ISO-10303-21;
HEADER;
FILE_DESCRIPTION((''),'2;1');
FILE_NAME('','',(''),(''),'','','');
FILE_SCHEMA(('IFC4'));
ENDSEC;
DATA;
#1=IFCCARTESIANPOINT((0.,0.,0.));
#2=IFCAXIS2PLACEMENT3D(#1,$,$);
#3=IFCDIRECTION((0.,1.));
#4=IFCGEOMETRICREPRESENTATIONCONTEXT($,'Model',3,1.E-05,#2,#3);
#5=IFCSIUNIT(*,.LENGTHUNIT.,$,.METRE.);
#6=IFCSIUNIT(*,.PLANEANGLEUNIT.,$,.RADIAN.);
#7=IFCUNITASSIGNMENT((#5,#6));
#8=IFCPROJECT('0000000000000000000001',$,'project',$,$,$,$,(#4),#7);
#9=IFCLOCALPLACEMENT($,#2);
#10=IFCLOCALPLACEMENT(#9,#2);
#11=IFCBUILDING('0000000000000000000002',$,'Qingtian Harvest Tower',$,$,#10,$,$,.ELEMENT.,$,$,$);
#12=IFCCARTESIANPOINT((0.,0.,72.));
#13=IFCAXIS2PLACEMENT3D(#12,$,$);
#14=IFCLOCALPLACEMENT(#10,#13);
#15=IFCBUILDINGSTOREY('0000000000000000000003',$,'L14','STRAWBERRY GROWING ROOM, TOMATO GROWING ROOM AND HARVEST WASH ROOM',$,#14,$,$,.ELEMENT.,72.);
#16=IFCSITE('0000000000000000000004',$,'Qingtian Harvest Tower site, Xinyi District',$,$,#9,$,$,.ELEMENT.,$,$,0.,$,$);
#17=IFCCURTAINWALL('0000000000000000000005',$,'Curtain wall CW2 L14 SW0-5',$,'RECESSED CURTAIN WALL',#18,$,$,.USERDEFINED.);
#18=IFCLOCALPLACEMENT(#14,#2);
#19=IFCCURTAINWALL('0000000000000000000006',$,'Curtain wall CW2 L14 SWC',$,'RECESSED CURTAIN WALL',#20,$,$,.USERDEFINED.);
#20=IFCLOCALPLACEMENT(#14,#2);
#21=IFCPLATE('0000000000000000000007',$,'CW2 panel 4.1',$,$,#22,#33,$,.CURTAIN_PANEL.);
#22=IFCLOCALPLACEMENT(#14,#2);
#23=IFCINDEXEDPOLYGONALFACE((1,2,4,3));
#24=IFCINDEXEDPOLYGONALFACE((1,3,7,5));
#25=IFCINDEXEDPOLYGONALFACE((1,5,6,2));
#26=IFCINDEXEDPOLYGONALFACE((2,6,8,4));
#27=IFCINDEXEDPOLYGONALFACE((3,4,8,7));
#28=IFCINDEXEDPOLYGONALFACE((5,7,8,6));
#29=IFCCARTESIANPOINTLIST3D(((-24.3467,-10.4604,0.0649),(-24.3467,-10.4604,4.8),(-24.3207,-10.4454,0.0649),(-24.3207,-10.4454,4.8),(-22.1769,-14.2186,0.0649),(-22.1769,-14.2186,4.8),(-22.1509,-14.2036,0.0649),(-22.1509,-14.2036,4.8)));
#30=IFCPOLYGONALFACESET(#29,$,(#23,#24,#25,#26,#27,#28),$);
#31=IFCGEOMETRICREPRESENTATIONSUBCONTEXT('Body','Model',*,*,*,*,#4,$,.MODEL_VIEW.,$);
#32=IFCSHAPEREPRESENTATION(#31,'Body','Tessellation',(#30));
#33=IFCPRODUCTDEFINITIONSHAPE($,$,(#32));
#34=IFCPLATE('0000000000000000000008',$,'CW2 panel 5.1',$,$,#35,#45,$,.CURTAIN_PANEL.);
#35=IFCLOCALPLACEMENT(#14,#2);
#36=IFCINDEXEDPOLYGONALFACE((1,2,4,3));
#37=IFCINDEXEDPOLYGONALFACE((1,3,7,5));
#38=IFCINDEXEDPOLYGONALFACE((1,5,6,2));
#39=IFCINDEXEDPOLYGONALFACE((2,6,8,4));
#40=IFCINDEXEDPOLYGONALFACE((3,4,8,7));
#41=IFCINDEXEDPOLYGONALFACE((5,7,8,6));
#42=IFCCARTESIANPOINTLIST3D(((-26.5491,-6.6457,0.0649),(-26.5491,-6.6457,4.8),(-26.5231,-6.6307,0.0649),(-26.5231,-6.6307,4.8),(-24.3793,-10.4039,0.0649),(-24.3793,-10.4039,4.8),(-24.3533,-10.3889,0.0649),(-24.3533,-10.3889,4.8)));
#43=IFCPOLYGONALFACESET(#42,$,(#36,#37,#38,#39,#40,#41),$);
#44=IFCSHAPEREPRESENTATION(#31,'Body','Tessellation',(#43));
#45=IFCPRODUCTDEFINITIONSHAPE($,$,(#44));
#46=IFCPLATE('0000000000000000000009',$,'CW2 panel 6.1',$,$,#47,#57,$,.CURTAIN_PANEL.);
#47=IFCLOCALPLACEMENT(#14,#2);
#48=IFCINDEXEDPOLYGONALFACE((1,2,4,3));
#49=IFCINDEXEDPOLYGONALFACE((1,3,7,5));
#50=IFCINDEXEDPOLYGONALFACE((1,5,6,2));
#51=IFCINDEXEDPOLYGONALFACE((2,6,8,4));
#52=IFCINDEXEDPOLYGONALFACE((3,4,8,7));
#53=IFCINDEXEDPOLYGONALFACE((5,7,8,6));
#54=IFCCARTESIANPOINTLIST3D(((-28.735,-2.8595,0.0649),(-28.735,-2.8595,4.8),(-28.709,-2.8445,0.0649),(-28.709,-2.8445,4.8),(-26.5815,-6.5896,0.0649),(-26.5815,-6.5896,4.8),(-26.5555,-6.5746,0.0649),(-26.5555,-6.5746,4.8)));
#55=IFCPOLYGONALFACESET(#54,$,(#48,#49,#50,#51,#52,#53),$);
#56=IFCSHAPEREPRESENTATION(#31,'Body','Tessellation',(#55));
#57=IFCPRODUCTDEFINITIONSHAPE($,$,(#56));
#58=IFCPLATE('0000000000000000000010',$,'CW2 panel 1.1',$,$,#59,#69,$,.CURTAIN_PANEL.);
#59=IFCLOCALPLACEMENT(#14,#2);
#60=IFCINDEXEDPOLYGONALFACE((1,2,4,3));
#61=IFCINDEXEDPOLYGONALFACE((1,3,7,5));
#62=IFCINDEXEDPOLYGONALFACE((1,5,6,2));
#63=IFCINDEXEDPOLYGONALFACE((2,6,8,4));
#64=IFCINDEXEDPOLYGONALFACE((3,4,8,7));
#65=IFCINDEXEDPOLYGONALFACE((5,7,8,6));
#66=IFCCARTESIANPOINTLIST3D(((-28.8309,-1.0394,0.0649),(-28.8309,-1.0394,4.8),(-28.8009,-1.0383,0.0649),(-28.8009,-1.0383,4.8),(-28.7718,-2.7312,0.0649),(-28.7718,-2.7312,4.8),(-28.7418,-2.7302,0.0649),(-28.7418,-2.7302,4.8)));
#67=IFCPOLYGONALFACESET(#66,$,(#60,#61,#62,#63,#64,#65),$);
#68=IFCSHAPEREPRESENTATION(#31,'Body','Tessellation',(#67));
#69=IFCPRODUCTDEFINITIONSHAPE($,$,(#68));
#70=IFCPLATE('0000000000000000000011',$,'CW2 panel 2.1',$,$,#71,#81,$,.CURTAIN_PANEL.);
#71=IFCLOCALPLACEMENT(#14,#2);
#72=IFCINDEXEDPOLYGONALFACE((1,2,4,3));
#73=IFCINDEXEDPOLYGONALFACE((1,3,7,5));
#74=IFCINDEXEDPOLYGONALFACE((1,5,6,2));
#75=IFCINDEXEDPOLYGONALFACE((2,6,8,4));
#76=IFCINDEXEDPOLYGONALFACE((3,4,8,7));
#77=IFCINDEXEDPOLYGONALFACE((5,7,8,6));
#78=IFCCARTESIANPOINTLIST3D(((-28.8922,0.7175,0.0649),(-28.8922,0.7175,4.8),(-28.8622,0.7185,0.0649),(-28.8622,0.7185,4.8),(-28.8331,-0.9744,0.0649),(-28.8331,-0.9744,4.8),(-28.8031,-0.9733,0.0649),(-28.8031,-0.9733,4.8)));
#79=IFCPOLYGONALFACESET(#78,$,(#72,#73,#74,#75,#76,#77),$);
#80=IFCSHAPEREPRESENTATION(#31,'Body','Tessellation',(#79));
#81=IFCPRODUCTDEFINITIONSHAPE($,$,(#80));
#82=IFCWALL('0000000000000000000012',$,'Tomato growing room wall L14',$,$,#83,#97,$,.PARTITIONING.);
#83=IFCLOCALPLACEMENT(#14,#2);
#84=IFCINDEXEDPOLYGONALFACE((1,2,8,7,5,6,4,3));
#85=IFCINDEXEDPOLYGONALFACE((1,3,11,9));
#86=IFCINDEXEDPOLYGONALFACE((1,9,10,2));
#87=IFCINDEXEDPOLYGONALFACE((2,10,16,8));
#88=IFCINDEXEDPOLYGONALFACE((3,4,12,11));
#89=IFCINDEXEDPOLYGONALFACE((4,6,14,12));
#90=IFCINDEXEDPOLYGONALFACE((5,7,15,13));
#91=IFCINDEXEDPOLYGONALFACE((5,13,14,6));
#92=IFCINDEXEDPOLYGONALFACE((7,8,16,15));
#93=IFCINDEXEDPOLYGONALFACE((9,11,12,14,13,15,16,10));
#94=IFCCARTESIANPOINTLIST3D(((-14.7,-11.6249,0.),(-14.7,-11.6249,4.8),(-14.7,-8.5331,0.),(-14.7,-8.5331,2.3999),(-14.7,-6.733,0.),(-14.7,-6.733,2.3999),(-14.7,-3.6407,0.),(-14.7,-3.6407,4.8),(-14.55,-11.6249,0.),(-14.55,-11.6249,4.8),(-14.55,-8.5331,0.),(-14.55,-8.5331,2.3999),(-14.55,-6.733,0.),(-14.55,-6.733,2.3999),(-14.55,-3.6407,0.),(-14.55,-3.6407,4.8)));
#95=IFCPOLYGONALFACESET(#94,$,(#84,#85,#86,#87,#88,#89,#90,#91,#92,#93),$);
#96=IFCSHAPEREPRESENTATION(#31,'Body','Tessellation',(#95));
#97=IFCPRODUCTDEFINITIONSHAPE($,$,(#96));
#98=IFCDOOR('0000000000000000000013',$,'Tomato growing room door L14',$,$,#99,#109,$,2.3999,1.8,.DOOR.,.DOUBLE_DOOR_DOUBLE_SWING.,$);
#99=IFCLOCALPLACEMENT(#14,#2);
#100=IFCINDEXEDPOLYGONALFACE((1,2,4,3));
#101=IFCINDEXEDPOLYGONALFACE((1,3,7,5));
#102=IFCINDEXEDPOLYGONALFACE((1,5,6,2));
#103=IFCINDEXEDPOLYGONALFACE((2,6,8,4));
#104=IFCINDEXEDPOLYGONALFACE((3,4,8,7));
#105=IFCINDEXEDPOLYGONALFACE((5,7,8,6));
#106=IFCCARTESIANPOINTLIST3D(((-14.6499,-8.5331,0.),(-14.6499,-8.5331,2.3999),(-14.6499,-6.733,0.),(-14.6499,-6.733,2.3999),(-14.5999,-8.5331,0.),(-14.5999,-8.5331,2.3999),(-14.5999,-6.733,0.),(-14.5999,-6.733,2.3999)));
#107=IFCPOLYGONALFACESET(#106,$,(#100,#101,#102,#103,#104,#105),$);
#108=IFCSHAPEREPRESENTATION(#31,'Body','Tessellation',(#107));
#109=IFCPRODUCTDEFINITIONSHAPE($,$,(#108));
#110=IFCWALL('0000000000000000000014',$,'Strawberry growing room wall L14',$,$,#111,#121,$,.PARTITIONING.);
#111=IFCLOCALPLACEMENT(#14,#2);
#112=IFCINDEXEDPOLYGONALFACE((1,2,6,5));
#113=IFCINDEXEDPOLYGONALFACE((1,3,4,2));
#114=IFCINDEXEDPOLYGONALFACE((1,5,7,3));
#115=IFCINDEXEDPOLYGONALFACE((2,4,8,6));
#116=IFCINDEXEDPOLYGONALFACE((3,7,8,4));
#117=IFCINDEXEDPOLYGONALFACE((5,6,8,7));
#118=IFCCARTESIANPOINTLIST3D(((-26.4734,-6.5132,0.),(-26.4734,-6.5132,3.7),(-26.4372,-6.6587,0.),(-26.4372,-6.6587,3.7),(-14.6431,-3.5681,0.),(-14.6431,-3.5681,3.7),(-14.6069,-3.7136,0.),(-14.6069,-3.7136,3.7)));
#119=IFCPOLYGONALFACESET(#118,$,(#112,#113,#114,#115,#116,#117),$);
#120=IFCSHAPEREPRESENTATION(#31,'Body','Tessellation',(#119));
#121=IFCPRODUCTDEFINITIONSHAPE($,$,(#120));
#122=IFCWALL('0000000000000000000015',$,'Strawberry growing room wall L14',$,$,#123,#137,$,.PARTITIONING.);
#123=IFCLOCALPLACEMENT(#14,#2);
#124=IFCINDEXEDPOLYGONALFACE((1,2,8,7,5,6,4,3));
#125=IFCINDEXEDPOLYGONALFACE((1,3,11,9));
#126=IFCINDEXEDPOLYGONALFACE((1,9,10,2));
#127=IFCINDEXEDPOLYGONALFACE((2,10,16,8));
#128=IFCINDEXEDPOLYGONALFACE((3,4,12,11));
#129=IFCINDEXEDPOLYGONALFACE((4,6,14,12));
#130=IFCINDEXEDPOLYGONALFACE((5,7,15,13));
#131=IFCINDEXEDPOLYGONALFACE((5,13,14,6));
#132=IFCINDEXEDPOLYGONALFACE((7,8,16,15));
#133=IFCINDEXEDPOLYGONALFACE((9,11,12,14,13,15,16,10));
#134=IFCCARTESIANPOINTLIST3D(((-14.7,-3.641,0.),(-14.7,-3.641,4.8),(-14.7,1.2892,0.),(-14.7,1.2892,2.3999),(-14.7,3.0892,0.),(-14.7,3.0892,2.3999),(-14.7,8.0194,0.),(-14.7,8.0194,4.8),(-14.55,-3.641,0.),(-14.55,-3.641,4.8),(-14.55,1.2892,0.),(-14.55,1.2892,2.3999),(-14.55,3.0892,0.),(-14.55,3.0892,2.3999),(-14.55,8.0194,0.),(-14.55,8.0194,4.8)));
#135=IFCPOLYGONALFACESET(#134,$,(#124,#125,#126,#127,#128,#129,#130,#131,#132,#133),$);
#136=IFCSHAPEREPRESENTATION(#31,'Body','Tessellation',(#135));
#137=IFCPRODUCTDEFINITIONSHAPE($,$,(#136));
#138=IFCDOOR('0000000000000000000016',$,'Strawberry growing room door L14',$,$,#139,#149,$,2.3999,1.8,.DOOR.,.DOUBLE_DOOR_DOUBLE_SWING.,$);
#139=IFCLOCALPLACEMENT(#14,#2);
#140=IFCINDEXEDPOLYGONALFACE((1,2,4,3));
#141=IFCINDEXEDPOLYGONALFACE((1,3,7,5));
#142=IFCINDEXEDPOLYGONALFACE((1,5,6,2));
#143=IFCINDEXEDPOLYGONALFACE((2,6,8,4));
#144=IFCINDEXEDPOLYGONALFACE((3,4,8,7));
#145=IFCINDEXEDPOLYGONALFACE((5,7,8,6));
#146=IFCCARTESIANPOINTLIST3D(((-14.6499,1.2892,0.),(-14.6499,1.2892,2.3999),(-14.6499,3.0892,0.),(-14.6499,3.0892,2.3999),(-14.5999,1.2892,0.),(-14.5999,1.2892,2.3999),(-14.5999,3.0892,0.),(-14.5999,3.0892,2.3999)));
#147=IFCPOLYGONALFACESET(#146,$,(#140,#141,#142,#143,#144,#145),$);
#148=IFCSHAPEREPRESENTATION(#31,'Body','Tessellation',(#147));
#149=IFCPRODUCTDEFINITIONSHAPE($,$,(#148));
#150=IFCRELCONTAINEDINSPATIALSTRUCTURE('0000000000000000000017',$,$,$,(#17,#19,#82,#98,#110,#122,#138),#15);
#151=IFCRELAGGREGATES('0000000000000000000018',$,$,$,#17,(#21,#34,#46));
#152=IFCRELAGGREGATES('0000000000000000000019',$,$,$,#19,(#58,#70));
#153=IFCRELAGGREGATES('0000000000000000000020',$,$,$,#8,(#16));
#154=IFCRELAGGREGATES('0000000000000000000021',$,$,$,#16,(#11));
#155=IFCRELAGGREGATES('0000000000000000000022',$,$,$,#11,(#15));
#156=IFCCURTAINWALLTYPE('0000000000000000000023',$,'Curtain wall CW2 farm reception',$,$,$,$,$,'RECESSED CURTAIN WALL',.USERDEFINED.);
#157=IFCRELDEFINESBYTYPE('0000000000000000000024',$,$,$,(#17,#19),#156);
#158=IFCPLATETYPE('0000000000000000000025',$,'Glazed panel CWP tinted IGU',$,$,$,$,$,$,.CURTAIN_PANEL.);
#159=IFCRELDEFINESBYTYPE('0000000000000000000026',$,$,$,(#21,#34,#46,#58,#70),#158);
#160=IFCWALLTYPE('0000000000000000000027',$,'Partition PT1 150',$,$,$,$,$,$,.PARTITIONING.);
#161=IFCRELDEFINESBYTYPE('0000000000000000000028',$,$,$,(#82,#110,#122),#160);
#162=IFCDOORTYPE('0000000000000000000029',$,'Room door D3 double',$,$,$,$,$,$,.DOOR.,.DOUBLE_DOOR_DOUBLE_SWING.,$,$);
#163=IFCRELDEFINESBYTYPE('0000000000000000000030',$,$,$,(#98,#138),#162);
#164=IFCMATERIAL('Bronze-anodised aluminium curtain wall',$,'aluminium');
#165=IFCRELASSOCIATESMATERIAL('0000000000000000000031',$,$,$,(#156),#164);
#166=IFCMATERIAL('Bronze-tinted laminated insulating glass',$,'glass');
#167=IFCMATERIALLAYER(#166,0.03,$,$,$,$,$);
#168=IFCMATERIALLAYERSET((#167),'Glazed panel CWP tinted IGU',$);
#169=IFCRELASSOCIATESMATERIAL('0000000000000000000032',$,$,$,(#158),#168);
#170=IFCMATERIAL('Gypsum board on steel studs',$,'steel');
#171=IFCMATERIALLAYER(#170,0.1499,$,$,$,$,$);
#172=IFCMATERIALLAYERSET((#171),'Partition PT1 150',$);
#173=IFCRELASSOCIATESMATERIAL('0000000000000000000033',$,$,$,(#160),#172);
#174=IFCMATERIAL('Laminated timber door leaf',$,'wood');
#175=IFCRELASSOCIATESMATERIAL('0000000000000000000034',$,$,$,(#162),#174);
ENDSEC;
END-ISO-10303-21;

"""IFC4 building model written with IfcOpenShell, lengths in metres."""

from ifc_helpers import new_model, si_unit, direction, frame, frame_2d, origin, origin_2d, place, context, subcontext, project, spatial, rectangle, extrude, material, layer, layer_set, type_object, element, fill, aggregate, save


model = new_model("IFC4")

# Units and contexts
model_context = context("Model", 3, precision=1e-05, world=origin(), true_north=direction((0.0, 1.0)))
body_context = subcontext(model_context, "Body", "Model", "MODEL_VIEW")
ifc_project = project(units=[si_unit("LENGTHUNIT", "METRE"), si_unit("PLANEANGLEUNIT", "RADIAN")], contexts=[model_context])

# Site, building, storey
site_placement = place(None, origin())
site = spatial("IfcSite", under=ifc_project, at=site_placement, Name="Qingtian Harvest Tower site, Xinyi District", CompositionType="ELEMENT", RefElevation=0.0)
building_placement = place(site_placement, origin())
building = spatial("IfcBuilding", under=site, at=building_placement, Name="Qingtian Harvest Tower", CompositionType="ELEMENT")
storey_placement = place(building_placement, frame((0.0, 0.0, 72.0)))
storey = spatial("IfcBuildingStorey", under=building, at=storey_placement, Name="L14", Description="STRAWBERRY GROWING ROOM, TOMATO GROWING ROOM AND HARVEST WASH ROOM", CompositionType="ELEMENT", Elevation=72.0)

# Curtain walls
ifc_material_1 = material(Name="Bronze-anodised aluminium curtain wall", Category="aluminium")
curtain_wall_type = type_object("IfcCurtainWallType", Name="Curtain wall CW2 farm reception", ElementType="RECESSED CURTAIN WALL", PredefinedType="USERDEFINED", material=ifc_material_1)
curtain_wall_1_placement = place(storey_placement, origin())
curtain_wall_1 = element("IfcCurtainWall", 1, at=curtain_wall_1_placement, inside=storey, type_object=curtain_wall_type, Name="Curtain wall CW2 L14 SW0-5", ObjectType="RECESSED CURTAIN WALL", PredefinedType="USERDEFINED")
curtain_wall_2_placement = place(storey_placement, origin())
curtain_wall_2 = element("IfcCurtainWall", 2, at=curtain_wall_2_placement, inside=storey, type_object=curtain_wall_type, Name="Curtain wall CW2 L14 SWC", ObjectType="RECESSED CURTAIN WALL", PredefinedType="USERDEFINED")

# Plates
ifc_material_2 = material(Name="Bronze-tinted laminated insulating glass", Category="glass")
ifc_layer_1 = layer(ifc_material_2, 0.03)
ifc_layer_set_1 = layer_set([ifc_layer_1], Name="Glazed panel CWP tinted IGU")
plate_type = type_object("IfcPlateType", Name="Glazed panel CWP tinted IGU", PredefinedType="CURTAIN_PANEL", material=ifc_layer_set_1)
plate_1_placement = place(storey_placement, frame((-23.2488, -12.332, 0.0649), z_axis=(0.0, 0.0, 1.0), x_axis=(-0.5, 0.866025, 0.0)))
plate_1 = element("IfcPlate", 3, at=plate_1_placement, type_object=plate_type, Name="CW2 panel 4.1", PredefinedType="CURTAIN_PANEL", context=body_context, shape_type="SweptSolid", body=[
    extrude(rectangle(XDim=4.3396, YDim=0.03, at=origin_2d()), origin(), (0.0, 0.0, 1.0), 4.7351),
])
plate_2_placement = place(storey_placement, frame((-25.4512, -8.5173, 0.0649), z_axis=(0.0, 0.0, 1.0), x_axis=(-0.5, 0.866025, 0.0)))
plate_2 = element("IfcPlate", 4, at=plate_2_placement, type_object=plate_type, Name="CW2 panel 5.1", PredefinedType="CURTAIN_PANEL", context=body_context, shape_type="SweptSolid", body=[
    extrude(rectangle(XDim=4.3396, YDim=0.03, at=origin_2d()), origin(), (0.0, 0.0, 1.0), 4.7351),
])
plate_3_placement = place(storey_placement, frame((-27.6453, -4.717, 0.0649), z_axis=(0.0, 0.0, 1.0), x_axis=(-0.5, 0.866025, 0.0)))
plate_3 = element("IfcPlate", 5, at=plate_3_placement, type_object=plate_type, Name="CW2 panel 6.1", PredefinedType="CURTAIN_PANEL", context=body_context, shape_type="SweptSolid", body=[
    extrude(rectangle(XDim=4.3071, YDim=0.03, at=origin_2d()), origin(), (0.0, 0.0, 1.0), 4.7351),
])
aggregate(curtain_wall_1, [plate_1, plate_2, plate_3])
plate_4_placement = place(storey_placement, frame((-28.7864, -1.8848, 0.0649), z_axis=(0.0, 0.0, 1.0), x_axis=(-0.034899, 0.999391, 0.0)))
plate_4 = element("IfcPlate", 6, at=plate_4_placement, type_object=plate_type, Name="CW2 panel 1.1", PredefinedType="CURTAIN_PANEL", context=body_context, shape_type="SweptSolid", body=[
    extrude(rectangle(XDim=1.6929, YDim=0.03, at=origin_2d()), origin(), (0.0, 0.0, 1.0), 4.7351),
])
plate_5_placement = place(storey_placement, frame((-28.8477, -0.1279, 0.0649), z_axis=(0.0, 0.0, 1.0), x_axis=(-0.034899, 0.999391, 0.0)))
plate_5 = element("IfcPlate", 7, at=plate_5_placement, type_object=plate_type, Name="CW2 panel 2.1", PredefinedType="CURTAIN_PANEL", context=body_context, shape_type="SweptSolid", body=[
    extrude(rectangle(XDim=1.6929, YDim=0.03, at=origin_2d()), origin(), (0.0, 0.0, 1.0), 4.7351),
])
aggregate(curtain_wall_2, [plate_4, plate_5])

# Wall, opening, door
ifc_material_3 = material(Name="Gypsum board on steel studs", Category="steel")
ifc_layer_2 = layer(ifc_material_3, 0.1499)
ifc_layer_set_2 = layer_set([ifc_layer_2], Name="Partition PT1 150")
wall_type = type_object("IfcWallType", Name="Partition PT1 150", PredefinedType="PARTITIONING", material=ifc_layer_set_2)
wall_1_placement = place(storey_placement, frame((-14.625, -11.625, 0.0), z_axis=(0.0, 0.0, 1.0), x_axis=(0.0, 1.0, 0.0)))
wall_1 = element("IfcWall", 8, at=wall_1_placement, inside=storey, type_object=wall_type, Name="Tomato growing room wall L14", PredefinedType="PARTITIONING", context=body_context, shape_type="SweptSolid", body=[
    extrude(rectangle(XDim=7.9841, YDim=0.1499, at=frame_2d((3.9922, 0.0))), origin(), (0.0, 0.0, 1.0), 4.8),
])
opening_1_placement = place(wall_1_placement, frame((3.092, 0.0, 0.0)))
opening_1 = element("IfcOpeningElement", 9, at=opening_1_placement, cuts=wall_1, PredefinedType="OPENING", context=body_context, shape_type="SweptSolid", body=[
    extrude(rectangle(XDim=1.8, YDim=2.3999, at=frame_2d((0.8999, 1.2))), frame((0.0, 0.085, 0.0), z_axis=(0.0, -1.0, 0.0), x_axis=(1.0, 0.0, 0.0)), (0.0, 0.0, 1.0), 0.1699),
])
ifc_material_4 = material(Name="Laminated timber door leaf", Category="wood")
door_type = type_object("IfcDoorType", Name="Room door D3 double", OperationType="DOUBLE_DOOR_DOUBLE_SWING", PredefinedType="DOOR", material=ifc_material_4)
door_1_placement = place(opening_1_placement, origin())
door_1 = element("IfcDoor", 10, at=door_1_placement, inside=storey, type_object=door_type, Name="Tomato growing room door L14", OperationType="DOUBLE_DOOR_DOUBLE_SWING", OverallHeight=2.3999, OverallWidth=1.8, PredefinedType="DOOR", context=body_context, shape_type="SweptSolid", body=[
    extrude(rectangle(XDim=1.8, YDim=2.3999, at=frame_2d((0.8999, 1.2))), frame((0.0, 0.0249, 0.0), z_axis=(0.0, -1.0, 0.0), x_axis=(1.0, 0.0, 0.0)), (0.0, 0.0, 1.0), 0.05),
])
fill(opening_1, door_1)

# Wall
wall_2_placement = place(storey_placement, frame((-26.4553, -6.5859, 0.0), z_axis=(0.0, 0.0, 1.0), x_axis=(0.970384, 0.24157, 0.0)))
element("IfcWall", 11, at=wall_2_placement, inside=storey, type_object=wall_type, Name="Strawberry growing room wall L14", PredefinedType="PARTITIONING", context=body_context, shape_type="SweptSolid", body=[
    extrude(rectangle(XDim=12.1914, YDim=0.1499, at=frame_2d((6.0957, 0.0))), origin(), (0.0, 0.0, 1.0), 3.7),
])

# Wall, opening, door
wall_3_placement = place(storey_placement, frame((-14.625, -3.6409, 0.0), z_axis=(0.0, 0.0, 1.0), x_axis=(0.0, 1.0, 0.0)))
wall_3 = element("IfcWall", 12, at=wall_3_placement, inside=storey, type_object=wall_type, Name="Strawberry growing room wall L14", PredefinedType="PARTITIONING", context=body_context, shape_type="SweptSolid", body=[
    extrude(rectangle(XDim=11.6604, YDim=0.1499, at=frame_2d((5.8301, 0.0))), origin(), (0.0, 0.0, 1.0), 4.8),
])
opening_2_placement = place(wall_3_placement, frame((4.9302, 0.0, 0.0)))
opening_2 = element("IfcOpeningElement", 13, at=opening_2_placement, cuts=wall_3, PredefinedType="OPENING", context=body_context, shape_type="SweptSolid", body=[
    extrude(rectangle(XDim=1.8, YDim=2.3999, at=frame_2d((0.8999, 1.2))), frame((0.0, 0.085, 0.0), z_axis=(0.0, -1.0, 0.0), x_axis=(1.0, 0.0, 0.0)), (0.0, 0.0, 1.0), 0.1699),
])
door_2_placement = place(opening_2_placement, origin())
door_2 = element("IfcDoor", 14, at=door_2_placement, inside=storey, type_object=door_type, Name="Strawberry growing room door L14", OperationType="DOUBLE_DOOR_DOUBLE_SWING", OverallHeight=2.3999, OverallWidth=1.8, PredefinedType="DOOR", context=body_context, shape_type="SweptSolid", body=[
    extrude(rectangle(XDim=1.8, YDim=2.3999, at=frame_2d((0.8999, 1.2))), frame((0.0, 0.0249, 0.0), z_axis=(0.0, -1.0, 0.0), x_axis=(1.0, 0.0, 0.0)), (0.0, 0.0, 1.0), 0.05),
])
fill(opening_2, door_2)

save(model, "model.ifc")
